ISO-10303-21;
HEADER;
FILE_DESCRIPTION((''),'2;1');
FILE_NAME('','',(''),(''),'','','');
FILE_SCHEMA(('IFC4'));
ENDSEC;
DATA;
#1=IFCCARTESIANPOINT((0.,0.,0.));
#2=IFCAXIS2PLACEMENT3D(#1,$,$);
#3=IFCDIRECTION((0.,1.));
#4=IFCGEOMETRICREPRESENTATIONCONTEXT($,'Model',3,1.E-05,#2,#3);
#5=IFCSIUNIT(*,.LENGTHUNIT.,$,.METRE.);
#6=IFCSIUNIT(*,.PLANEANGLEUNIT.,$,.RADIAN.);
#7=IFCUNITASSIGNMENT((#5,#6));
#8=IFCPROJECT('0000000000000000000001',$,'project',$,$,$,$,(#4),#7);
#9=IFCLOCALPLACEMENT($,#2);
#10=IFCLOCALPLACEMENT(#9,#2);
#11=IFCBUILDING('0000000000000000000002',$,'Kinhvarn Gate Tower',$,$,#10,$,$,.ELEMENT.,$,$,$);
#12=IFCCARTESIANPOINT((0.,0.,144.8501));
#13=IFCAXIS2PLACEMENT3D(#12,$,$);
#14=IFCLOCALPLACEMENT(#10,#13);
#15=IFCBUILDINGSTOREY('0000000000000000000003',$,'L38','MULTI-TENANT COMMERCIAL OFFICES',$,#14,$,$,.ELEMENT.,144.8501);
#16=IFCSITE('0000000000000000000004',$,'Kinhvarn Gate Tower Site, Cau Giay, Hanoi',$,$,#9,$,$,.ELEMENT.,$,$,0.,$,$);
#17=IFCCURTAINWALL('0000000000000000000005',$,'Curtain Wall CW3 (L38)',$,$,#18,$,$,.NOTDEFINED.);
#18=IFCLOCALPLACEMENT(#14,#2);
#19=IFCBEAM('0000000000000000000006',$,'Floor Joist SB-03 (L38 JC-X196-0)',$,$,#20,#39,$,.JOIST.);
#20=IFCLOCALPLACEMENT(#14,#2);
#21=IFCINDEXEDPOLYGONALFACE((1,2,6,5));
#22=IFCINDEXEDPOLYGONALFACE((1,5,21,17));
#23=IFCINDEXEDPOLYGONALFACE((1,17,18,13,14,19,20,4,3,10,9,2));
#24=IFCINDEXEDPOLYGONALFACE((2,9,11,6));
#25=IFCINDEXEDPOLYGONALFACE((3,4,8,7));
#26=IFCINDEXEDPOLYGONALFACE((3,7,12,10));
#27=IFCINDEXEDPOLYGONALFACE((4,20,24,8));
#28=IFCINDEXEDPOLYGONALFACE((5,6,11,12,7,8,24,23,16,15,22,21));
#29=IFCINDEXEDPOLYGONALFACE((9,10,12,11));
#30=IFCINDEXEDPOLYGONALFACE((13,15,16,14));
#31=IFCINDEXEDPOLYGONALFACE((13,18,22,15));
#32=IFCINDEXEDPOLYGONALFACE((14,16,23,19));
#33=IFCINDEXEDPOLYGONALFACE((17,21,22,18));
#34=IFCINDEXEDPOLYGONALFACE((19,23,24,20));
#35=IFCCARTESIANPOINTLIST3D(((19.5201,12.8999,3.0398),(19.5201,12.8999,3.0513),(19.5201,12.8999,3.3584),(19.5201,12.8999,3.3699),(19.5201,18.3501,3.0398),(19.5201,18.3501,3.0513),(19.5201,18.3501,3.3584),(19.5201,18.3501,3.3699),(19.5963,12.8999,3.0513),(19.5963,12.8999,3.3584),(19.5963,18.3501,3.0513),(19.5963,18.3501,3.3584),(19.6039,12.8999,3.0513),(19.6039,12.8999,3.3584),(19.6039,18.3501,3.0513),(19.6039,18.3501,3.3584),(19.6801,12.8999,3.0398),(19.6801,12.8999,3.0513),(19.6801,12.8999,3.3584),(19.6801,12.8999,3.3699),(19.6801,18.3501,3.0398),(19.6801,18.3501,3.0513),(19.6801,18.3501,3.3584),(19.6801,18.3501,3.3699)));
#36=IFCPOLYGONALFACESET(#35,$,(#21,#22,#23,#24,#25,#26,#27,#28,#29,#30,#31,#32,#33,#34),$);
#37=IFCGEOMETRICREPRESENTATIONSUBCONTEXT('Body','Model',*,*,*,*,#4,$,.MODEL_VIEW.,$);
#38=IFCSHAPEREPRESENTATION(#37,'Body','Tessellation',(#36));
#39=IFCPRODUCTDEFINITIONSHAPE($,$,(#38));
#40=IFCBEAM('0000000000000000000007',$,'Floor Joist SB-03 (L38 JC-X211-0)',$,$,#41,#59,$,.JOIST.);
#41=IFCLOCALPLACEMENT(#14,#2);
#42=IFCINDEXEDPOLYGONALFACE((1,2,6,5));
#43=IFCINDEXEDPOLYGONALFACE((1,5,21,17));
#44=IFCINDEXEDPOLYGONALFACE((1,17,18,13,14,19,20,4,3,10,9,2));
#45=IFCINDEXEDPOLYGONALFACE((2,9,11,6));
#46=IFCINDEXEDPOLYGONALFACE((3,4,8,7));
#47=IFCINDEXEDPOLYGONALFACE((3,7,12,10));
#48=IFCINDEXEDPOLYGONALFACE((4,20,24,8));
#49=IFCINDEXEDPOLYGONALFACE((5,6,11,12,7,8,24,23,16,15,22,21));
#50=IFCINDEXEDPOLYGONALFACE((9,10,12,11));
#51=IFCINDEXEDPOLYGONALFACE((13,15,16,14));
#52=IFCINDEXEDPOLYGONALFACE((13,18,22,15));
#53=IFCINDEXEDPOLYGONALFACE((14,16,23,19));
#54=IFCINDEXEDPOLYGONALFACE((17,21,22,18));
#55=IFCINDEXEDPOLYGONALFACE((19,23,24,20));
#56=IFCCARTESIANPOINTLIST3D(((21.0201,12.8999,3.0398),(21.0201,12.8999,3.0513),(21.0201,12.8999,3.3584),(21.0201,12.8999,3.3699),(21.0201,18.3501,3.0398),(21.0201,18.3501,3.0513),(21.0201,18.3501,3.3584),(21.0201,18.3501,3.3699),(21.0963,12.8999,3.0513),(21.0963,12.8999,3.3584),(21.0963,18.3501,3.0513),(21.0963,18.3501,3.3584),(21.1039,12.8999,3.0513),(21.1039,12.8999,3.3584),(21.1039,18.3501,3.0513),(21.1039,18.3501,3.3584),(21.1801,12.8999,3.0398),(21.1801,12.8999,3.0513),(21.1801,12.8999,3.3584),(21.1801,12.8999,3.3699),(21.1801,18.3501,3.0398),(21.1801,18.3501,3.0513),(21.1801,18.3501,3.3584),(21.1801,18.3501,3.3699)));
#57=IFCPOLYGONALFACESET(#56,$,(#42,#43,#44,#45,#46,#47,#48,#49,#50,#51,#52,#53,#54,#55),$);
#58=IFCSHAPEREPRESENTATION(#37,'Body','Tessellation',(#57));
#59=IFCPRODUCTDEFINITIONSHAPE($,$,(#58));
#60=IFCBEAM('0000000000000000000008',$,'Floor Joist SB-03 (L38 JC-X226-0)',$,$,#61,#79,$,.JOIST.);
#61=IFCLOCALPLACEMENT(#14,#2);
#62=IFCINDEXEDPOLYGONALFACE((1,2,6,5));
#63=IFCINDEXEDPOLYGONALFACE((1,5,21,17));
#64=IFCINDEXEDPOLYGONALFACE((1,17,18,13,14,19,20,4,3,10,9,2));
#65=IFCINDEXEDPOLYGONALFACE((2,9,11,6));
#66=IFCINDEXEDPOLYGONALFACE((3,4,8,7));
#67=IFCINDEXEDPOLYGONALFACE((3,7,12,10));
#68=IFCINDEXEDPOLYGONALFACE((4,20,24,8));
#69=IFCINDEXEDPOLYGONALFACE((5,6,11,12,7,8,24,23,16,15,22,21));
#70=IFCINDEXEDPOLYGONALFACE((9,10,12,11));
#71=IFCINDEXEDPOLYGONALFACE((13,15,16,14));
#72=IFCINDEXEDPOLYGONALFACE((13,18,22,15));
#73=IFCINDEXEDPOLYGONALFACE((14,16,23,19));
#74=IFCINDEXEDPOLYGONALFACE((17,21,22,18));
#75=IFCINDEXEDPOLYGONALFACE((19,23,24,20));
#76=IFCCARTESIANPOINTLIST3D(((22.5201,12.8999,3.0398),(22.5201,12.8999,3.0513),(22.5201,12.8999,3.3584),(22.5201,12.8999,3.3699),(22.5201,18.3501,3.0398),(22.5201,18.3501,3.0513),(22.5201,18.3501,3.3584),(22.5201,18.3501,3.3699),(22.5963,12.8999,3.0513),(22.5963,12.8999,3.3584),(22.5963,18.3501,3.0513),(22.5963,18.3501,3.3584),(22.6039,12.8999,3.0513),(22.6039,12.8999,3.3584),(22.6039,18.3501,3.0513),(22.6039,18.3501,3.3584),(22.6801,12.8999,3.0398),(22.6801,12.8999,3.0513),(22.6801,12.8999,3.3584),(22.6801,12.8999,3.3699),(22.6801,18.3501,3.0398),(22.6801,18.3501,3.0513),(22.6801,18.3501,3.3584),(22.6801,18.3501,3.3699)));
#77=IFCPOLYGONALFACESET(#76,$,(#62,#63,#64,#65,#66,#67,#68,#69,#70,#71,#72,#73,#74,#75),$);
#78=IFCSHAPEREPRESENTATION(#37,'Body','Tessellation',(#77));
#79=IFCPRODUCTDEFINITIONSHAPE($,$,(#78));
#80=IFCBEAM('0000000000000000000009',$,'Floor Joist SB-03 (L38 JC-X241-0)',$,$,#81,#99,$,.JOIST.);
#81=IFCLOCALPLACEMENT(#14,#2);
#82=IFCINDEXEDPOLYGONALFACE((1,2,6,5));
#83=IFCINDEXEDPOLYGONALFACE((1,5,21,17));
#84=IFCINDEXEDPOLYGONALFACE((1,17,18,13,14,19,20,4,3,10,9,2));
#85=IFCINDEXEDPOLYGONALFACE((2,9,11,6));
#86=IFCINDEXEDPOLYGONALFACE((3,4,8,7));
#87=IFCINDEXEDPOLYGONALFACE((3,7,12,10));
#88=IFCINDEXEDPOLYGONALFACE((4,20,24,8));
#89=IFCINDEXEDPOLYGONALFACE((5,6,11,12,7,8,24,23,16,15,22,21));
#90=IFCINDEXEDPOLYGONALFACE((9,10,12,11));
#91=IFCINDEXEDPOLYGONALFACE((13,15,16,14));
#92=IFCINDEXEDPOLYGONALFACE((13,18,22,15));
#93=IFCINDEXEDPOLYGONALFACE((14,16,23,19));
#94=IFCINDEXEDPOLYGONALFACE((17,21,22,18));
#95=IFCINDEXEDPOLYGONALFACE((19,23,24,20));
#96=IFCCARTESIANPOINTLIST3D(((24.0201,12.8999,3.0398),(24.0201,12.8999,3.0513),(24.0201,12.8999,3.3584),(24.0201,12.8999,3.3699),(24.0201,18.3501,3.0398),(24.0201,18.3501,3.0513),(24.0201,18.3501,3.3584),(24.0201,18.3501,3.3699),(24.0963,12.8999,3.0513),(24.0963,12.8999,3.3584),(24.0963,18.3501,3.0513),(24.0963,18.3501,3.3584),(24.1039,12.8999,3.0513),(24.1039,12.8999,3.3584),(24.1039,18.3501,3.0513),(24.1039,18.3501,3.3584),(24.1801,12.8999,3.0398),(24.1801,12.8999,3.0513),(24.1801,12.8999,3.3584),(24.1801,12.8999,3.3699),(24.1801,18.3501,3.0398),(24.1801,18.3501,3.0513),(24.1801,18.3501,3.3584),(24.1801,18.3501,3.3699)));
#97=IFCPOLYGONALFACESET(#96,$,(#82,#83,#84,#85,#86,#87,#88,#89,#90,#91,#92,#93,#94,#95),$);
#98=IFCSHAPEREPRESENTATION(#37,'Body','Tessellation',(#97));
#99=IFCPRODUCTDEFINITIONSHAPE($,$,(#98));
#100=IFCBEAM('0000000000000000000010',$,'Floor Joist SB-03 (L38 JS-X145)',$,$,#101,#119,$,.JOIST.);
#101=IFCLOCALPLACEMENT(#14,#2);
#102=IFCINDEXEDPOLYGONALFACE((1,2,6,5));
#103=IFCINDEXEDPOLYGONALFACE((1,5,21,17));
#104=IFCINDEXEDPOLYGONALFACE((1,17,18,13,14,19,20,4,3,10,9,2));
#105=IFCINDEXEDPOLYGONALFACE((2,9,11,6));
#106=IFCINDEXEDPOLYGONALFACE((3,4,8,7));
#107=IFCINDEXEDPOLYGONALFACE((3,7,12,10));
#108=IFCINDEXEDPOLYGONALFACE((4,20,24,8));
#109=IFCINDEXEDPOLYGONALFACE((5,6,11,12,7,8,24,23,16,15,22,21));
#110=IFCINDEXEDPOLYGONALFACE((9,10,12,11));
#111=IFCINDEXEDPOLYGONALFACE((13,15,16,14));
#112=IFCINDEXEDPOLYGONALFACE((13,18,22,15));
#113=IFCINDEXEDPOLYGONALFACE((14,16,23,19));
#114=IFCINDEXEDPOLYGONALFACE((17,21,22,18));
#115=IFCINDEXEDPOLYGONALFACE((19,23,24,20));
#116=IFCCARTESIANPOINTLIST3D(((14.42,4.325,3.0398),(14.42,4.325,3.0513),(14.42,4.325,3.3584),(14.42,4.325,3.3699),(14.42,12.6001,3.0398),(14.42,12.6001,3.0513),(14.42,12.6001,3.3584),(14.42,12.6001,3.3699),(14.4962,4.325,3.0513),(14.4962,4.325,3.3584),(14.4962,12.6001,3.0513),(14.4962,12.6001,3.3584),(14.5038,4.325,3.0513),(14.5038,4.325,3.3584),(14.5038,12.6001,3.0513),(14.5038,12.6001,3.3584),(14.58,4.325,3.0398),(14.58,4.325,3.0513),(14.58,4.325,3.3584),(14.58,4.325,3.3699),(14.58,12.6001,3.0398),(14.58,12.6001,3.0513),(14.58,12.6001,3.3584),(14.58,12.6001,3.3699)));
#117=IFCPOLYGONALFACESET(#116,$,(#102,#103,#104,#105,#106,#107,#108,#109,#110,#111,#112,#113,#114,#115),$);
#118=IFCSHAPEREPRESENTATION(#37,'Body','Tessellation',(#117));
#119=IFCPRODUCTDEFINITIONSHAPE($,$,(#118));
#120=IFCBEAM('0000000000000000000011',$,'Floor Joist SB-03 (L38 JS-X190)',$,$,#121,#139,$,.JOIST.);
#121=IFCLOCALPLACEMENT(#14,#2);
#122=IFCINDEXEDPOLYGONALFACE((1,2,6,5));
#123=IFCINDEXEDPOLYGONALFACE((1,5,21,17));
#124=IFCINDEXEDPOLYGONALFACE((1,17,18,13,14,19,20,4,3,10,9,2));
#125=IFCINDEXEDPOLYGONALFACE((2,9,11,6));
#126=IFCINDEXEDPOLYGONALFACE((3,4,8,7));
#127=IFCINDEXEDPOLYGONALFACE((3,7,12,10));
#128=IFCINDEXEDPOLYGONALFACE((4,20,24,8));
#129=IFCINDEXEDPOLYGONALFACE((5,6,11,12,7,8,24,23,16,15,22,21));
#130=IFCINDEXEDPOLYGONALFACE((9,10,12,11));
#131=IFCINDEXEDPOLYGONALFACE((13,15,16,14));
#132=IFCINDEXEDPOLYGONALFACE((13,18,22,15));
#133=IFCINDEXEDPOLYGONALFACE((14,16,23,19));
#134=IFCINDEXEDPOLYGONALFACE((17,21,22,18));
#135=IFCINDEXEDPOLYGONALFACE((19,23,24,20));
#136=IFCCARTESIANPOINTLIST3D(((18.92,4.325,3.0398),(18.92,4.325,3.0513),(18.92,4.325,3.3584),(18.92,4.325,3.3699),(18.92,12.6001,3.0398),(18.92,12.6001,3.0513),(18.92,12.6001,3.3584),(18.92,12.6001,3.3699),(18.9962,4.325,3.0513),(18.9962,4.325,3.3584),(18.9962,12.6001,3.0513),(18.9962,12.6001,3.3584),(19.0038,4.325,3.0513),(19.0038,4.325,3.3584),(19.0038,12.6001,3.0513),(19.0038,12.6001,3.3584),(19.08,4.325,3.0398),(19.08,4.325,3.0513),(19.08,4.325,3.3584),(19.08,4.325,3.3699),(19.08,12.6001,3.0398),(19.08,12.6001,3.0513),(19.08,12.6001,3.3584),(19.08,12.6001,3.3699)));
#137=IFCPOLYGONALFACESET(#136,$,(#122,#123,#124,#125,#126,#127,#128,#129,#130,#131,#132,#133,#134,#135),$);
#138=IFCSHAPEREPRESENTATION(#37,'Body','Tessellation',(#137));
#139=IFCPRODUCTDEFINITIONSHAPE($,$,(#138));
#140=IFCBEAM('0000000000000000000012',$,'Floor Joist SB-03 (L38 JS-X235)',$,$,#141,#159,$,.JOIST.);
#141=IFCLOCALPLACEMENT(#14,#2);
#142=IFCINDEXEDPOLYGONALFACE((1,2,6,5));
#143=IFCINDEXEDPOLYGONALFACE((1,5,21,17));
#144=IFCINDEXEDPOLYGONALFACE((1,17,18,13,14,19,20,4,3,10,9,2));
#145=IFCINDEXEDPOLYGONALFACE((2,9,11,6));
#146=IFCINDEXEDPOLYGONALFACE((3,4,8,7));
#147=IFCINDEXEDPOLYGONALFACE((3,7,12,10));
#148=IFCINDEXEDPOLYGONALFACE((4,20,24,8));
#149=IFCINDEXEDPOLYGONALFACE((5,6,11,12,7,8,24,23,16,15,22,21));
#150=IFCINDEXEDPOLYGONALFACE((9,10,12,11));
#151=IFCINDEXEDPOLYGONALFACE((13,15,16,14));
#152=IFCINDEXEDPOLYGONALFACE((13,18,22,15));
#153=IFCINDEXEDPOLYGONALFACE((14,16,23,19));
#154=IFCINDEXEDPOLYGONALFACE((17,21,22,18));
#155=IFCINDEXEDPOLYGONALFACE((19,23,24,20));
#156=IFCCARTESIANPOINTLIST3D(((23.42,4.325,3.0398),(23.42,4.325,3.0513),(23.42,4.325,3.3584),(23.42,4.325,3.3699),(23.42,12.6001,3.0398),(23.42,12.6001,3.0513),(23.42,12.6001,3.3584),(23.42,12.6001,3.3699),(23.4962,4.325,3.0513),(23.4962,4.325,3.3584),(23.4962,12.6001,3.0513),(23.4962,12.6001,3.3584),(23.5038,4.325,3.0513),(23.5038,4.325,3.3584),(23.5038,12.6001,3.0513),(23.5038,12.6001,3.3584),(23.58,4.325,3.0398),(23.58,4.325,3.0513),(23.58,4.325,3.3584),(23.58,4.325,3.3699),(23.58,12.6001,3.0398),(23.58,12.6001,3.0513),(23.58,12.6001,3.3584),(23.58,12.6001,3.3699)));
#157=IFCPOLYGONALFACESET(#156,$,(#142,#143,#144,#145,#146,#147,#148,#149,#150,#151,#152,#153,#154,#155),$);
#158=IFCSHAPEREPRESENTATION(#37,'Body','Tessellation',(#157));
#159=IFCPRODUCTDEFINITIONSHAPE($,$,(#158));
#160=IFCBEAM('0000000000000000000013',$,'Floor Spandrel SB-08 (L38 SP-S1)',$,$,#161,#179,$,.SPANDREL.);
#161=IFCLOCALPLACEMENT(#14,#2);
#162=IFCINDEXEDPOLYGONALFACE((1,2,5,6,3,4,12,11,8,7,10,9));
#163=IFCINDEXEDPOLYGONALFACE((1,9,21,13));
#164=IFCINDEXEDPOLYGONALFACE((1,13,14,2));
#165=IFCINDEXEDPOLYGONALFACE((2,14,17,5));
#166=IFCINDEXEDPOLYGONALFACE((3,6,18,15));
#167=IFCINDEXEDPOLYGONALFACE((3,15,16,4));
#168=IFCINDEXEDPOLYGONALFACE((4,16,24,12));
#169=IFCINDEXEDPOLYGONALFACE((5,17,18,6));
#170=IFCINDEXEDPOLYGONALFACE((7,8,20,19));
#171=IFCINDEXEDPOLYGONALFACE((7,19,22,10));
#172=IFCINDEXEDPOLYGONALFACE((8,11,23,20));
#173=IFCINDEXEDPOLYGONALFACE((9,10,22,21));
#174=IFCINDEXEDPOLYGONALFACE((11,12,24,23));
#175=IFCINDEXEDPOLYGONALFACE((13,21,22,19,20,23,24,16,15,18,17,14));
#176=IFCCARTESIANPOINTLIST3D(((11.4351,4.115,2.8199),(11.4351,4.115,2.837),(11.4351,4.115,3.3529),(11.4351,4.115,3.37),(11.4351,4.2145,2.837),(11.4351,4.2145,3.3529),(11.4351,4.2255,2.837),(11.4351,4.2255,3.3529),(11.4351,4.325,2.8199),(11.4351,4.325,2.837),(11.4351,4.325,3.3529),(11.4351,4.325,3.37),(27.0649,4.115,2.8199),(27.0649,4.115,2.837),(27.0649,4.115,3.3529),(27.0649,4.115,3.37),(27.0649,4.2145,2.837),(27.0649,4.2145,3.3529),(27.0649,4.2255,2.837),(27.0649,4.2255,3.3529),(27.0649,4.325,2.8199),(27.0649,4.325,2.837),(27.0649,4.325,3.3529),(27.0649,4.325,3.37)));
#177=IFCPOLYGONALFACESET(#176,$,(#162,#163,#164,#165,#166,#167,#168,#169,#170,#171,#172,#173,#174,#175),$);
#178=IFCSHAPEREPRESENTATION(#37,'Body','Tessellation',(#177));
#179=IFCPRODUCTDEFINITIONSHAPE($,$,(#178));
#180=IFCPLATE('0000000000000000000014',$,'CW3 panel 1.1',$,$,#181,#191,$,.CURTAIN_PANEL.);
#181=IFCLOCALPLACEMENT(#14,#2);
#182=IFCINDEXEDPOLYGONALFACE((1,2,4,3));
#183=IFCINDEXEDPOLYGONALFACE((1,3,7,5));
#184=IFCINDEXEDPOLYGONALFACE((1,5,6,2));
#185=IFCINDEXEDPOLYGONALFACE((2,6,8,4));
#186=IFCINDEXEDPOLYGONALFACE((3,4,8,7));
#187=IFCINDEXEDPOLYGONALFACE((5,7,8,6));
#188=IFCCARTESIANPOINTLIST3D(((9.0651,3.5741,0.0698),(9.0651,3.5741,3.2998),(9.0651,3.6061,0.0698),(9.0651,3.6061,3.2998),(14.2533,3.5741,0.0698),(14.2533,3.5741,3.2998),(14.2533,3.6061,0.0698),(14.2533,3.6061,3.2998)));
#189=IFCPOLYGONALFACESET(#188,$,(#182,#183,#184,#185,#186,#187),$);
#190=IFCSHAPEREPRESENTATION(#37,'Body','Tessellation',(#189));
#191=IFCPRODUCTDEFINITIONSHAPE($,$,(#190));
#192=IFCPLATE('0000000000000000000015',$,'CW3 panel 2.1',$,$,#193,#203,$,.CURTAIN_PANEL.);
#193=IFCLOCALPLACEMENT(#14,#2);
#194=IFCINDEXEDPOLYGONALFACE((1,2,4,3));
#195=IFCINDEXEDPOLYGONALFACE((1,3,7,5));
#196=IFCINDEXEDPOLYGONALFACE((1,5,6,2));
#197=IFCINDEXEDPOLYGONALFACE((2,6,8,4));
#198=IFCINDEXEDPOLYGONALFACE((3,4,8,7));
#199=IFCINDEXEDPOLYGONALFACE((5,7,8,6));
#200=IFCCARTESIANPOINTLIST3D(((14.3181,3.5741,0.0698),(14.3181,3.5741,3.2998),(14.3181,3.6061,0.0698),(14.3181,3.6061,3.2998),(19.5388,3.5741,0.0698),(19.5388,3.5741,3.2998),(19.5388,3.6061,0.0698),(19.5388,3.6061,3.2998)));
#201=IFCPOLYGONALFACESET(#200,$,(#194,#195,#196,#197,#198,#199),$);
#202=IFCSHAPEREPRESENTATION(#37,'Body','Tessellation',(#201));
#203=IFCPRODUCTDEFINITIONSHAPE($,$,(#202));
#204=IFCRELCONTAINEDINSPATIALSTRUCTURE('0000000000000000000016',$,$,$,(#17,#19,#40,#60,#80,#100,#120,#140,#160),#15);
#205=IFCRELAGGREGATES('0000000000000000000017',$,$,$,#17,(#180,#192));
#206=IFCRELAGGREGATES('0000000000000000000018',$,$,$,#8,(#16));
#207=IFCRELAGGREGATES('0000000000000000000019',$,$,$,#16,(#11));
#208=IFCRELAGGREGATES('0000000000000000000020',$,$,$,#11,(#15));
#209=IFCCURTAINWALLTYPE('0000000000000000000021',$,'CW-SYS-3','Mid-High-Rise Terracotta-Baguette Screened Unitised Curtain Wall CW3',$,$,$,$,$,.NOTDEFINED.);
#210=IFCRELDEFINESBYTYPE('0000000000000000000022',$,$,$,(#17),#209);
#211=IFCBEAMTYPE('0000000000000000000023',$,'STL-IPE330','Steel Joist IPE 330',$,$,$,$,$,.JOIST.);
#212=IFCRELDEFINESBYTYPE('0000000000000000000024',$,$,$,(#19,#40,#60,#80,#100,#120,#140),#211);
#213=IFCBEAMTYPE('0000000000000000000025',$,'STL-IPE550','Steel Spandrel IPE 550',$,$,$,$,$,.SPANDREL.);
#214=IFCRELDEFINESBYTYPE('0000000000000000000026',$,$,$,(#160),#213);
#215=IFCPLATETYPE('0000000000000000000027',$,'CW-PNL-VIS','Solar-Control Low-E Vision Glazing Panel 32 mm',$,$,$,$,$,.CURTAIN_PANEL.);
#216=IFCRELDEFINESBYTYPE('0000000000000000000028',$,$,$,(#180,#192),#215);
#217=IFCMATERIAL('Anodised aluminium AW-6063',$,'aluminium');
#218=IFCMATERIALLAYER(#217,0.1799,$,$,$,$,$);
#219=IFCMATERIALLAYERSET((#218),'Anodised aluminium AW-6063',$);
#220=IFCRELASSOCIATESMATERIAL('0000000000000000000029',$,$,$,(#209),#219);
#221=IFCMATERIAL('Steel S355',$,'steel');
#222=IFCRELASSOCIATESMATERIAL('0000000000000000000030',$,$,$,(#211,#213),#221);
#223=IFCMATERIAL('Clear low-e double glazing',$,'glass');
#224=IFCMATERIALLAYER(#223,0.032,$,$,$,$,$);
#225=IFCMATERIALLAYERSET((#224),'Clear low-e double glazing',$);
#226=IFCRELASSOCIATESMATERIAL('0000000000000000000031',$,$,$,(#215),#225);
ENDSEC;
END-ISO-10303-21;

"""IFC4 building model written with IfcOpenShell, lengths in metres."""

from ifc_helpers import new_model, si_unit, direction, frame, origin, origin_2d, place, context, subcontext, project, spatial, rectangle, i_section, extrude, material, layer, layer_set, material_profile, profile_set, type_object, element, aggregate, save


model = new_model("IFC4")

# Units and contexts
model_context = context("Model", 3, precision=1e-05, world=origin(), true_north=direction((0.0, 1.0)))
body_context = subcontext(model_context, "Body", "Model", "MODEL_VIEW")
ifc_project = project(units=[si_unit("LENGTHUNIT", "METRE"), si_unit("PLANEANGLEUNIT", "RADIAN")], contexts=[model_context])

# Site, building, storey
site_placement = place(None, origin())
site = spatial("IfcSite", under=ifc_project, at=site_placement, Name="Kinhvarn Gate Tower Site, Cau Giay, Hanoi", CompositionType="ELEMENT", RefElevation=0.0)
building_placement = place(site_placement, origin())
building = spatial("IfcBuilding", under=site, at=building_placement, Name="Kinhvarn Gate Tower", CompositionType="ELEMENT")
storey_placement = place(building_placement, frame((0.0, 0.0, 144.8501)))
storey = spatial("IfcBuildingStorey", under=building, at=storey_placement, Name="L38", Description="MULTI-TENANT COMMERCIAL OFFICES", CompositionType="ELEMENT", Elevation=144.8501)

# Curtain wall
ifc_material_1 = material(Name="Anodised aluminium AW-6063", Category="aluminium")
ifc_layer_1 = layer(ifc_material_1, 0.1799)
ifc_layer_set_1 = layer_set([ifc_layer_1], Name="Anodised aluminium AW-6063")
curtain_wall_type = type_object("IfcCurtainWallType", Name="CW-SYS-3", Description="Mid-High-Rise Terracotta-Baguette Screened Unitised Curtain Wall CW3", PredefinedType="NOTDEFINED", material=ifc_layer_set_1)
curtain_wall_placement = place(storey_placement, origin())
curtain_wall = element("IfcCurtainWall", 1, at=curtain_wall_placement, inside=storey, type_object=curtain_wall_type, Name="Curtain Wall CW3 (L38)", PredefinedType="NOTDEFINED")

# Beams
ifc_material_2 = material(Name="Steel S355", Category="steel")
ifc_material_profile_1 = material_profile(ifc_material_2, i_section(OverallWidth=0.1599, OverallDepth=0.3301, WebThickness=0.0076, FlangeThickness=0.0115, at=origin_2d()), Name="IPE 330")
ifc_profile_set_1 = profile_set([ifc_material_profile_1], Name="Steel S355")
beam_type_1 = type_object("IfcBeamType", Name="STL-IPE330", Description="Steel Joist IPE 330", PredefinedType="JOIST", material=ifc_profile_set_1)
for number, where, z_axis, x_axis, name in (
    (2, (19.6001, 12.8999, 3.2048), (0.0, 1.0, 0.0), (-1.0, 0.0, 0.0), "Floor Joist SB-03 (L38 JC-X196-0)"),
    (3, (21.1001, 12.8999, 3.2048), (0.0, 1.0, 0.0), (-1.0, 0.0, 0.0), "Floor Joist SB-03 (L38 JC-X211-0)"),
    (4, (22.6001, 12.8999, 3.2048), (0.0, 1.0, 0.0), (-1.0, 0.0, 0.0), "Floor Joist SB-03 (L38 JC-X226-0)"),
    (5, (24.1001, 12.8999, 3.2048), (0.0, 1.0, 0.0), (-1.0, 0.0, 0.0), "Floor Joist SB-03 (L38 JC-X241-0)"),
):
    element("IfcBeam", number, at=place(storey_placement, frame(where, z_axis=z_axis, x_axis=x_axis)), inside=storey, type_object=beam_type_1, Name=name, PredefinedType="JOIST", context=body_context, shape_type="SweptSolid", body=[
        extrude(i_section(OverallWidth=0.1599, OverallDepth=0.3301, WebThickness=0.0076, FlangeThickness=0.0115, at=origin_2d()), origin(), (0.0, 0.0, 1.0), 5.4502),
    ])
for number, where, z_axis, x_axis, name in (
    (6, (14.5, 4.325, 3.2048), (0.0, 1.0, 0.0), (-1.0, 0.0, 0.0), "Floor Joist SB-03 (L38 JS-X145)"),
    (7, (19.0, 4.325, 3.2048), (0.0, 1.0, 0.0), (-1.0, 0.0, 0.0), "Floor Joist SB-03 (L38 JS-X190)"),
    (8, (23.5, 4.325, 3.2048), (0.0, 1.0, 0.0), (-1.0, 0.0, 0.0), "Floor Joist SB-03 (L38 JS-X235)"),
):
    element("IfcBeam", number, at=place(storey_placement, frame(where, z_axis=z_axis, x_axis=x_axis)), inside=storey, type_object=beam_type_1, Name=name, PredefinedType="JOIST", context=body_context, shape_type="SweptSolid", body=[
        extrude(i_section(OverallWidth=0.1599, OverallDepth=0.3301, WebThickness=0.0076, FlangeThickness=0.0115, at=origin_2d()), origin(), (0.0, 0.0, 1.0), 8.2751),
    ])
ifc_material_profile_2 = material_profile(ifc_material_2, i_section(OverallWidth=0.21, OverallDepth=0.55, WebThickness=0.011, FlangeThickness=0.0171, at=origin_2d()), Name="IPE 550")
ifc_profile_set_2 = profile_set([ifc_material_profile_2], Name="Steel S355")
beam_type_2 = type_object("IfcBeamType", Name="STL-IPE550", Description="Steel Spandrel IPE 550", PredefinedType="SPANDREL", material=ifc_profile_set_2)
beam_1_placement = place(storey_placement, frame((11.4351, 4.22, 3.095), z_axis=(1.0, 0.0, 0.0), x_axis=(0.0, 1.0, 0.0)))
element("IfcBeam", 9, at=beam_1_placement, inside=storey, type_object=beam_type_2, Name="Floor Spandrel SB-08 (L38 SP-S1)", PredefinedType="SPANDREL", context=body_context, shape_type="SweptSolid", body=[
    extrude(i_section(OverallWidth=0.21, OverallDepth=0.55, WebThickness=0.011, FlangeThickness=0.0171, at=origin_2d()), origin(), (0.0, 0.0, 1.0), 15.6299),
])

# Plates
ifc_material_3 = material(Name="Clear low-e double glazing", Category="glass")
ifc_layer_2 = layer(ifc_material_3, 0.032)
ifc_layer_set_2 = layer_set([ifc_layer_2], Name="Clear low-e double glazing")
plate_type = type_object("IfcPlateType", Name="CW-PNL-VIS", Description="Solar-Control Low-E Vision Glazing Panel 32 mm", PredefinedType="CURTAIN_PANEL", material=ifc_layer_set_2)
plate_1_placement = place(storey_placement, frame((11.6592, 3.5901, 0.0698), z_axis=(0.0, 0.0, 1.0), x_axis=(1.0, 0.0, 0.0)))
plate_1 = element("IfcPlate", 10, at=plate_1_placement, type_object=plate_type, Name="CW3 panel 1.1", PredefinedType="CURTAIN_PANEL", context=body_context, shape_type="SweptSolid", body=[
    extrude(rectangle(XDim=5.1882, YDim=0.032, at=origin_2d()), origin(), (0.0, 0.0, 1.0), 3.23),
])
plate_2_placement = place(storey_placement, frame((16.9285, 3.5901, 0.0698), z_axis=(0.0, 0.0, 1.0), x_axis=(1.0, 0.0, 0.0)))
plate_2 = element("IfcPlate", 11, at=plate_2_placement, type_object=plate_type, Name="CW3 panel 2.1", PredefinedType="CURTAIN_PANEL", context=body_context, shape_type="SweptSolid", body=[
    extrude(rectangle(XDim=5.2207, YDim=0.032, at=origin_2d()), origin(), (0.0, 0.0, 1.0), 3.23),
])
aggregate(curtain_wall, [plate_1, plate_2])

save(model, "model.ifc")
